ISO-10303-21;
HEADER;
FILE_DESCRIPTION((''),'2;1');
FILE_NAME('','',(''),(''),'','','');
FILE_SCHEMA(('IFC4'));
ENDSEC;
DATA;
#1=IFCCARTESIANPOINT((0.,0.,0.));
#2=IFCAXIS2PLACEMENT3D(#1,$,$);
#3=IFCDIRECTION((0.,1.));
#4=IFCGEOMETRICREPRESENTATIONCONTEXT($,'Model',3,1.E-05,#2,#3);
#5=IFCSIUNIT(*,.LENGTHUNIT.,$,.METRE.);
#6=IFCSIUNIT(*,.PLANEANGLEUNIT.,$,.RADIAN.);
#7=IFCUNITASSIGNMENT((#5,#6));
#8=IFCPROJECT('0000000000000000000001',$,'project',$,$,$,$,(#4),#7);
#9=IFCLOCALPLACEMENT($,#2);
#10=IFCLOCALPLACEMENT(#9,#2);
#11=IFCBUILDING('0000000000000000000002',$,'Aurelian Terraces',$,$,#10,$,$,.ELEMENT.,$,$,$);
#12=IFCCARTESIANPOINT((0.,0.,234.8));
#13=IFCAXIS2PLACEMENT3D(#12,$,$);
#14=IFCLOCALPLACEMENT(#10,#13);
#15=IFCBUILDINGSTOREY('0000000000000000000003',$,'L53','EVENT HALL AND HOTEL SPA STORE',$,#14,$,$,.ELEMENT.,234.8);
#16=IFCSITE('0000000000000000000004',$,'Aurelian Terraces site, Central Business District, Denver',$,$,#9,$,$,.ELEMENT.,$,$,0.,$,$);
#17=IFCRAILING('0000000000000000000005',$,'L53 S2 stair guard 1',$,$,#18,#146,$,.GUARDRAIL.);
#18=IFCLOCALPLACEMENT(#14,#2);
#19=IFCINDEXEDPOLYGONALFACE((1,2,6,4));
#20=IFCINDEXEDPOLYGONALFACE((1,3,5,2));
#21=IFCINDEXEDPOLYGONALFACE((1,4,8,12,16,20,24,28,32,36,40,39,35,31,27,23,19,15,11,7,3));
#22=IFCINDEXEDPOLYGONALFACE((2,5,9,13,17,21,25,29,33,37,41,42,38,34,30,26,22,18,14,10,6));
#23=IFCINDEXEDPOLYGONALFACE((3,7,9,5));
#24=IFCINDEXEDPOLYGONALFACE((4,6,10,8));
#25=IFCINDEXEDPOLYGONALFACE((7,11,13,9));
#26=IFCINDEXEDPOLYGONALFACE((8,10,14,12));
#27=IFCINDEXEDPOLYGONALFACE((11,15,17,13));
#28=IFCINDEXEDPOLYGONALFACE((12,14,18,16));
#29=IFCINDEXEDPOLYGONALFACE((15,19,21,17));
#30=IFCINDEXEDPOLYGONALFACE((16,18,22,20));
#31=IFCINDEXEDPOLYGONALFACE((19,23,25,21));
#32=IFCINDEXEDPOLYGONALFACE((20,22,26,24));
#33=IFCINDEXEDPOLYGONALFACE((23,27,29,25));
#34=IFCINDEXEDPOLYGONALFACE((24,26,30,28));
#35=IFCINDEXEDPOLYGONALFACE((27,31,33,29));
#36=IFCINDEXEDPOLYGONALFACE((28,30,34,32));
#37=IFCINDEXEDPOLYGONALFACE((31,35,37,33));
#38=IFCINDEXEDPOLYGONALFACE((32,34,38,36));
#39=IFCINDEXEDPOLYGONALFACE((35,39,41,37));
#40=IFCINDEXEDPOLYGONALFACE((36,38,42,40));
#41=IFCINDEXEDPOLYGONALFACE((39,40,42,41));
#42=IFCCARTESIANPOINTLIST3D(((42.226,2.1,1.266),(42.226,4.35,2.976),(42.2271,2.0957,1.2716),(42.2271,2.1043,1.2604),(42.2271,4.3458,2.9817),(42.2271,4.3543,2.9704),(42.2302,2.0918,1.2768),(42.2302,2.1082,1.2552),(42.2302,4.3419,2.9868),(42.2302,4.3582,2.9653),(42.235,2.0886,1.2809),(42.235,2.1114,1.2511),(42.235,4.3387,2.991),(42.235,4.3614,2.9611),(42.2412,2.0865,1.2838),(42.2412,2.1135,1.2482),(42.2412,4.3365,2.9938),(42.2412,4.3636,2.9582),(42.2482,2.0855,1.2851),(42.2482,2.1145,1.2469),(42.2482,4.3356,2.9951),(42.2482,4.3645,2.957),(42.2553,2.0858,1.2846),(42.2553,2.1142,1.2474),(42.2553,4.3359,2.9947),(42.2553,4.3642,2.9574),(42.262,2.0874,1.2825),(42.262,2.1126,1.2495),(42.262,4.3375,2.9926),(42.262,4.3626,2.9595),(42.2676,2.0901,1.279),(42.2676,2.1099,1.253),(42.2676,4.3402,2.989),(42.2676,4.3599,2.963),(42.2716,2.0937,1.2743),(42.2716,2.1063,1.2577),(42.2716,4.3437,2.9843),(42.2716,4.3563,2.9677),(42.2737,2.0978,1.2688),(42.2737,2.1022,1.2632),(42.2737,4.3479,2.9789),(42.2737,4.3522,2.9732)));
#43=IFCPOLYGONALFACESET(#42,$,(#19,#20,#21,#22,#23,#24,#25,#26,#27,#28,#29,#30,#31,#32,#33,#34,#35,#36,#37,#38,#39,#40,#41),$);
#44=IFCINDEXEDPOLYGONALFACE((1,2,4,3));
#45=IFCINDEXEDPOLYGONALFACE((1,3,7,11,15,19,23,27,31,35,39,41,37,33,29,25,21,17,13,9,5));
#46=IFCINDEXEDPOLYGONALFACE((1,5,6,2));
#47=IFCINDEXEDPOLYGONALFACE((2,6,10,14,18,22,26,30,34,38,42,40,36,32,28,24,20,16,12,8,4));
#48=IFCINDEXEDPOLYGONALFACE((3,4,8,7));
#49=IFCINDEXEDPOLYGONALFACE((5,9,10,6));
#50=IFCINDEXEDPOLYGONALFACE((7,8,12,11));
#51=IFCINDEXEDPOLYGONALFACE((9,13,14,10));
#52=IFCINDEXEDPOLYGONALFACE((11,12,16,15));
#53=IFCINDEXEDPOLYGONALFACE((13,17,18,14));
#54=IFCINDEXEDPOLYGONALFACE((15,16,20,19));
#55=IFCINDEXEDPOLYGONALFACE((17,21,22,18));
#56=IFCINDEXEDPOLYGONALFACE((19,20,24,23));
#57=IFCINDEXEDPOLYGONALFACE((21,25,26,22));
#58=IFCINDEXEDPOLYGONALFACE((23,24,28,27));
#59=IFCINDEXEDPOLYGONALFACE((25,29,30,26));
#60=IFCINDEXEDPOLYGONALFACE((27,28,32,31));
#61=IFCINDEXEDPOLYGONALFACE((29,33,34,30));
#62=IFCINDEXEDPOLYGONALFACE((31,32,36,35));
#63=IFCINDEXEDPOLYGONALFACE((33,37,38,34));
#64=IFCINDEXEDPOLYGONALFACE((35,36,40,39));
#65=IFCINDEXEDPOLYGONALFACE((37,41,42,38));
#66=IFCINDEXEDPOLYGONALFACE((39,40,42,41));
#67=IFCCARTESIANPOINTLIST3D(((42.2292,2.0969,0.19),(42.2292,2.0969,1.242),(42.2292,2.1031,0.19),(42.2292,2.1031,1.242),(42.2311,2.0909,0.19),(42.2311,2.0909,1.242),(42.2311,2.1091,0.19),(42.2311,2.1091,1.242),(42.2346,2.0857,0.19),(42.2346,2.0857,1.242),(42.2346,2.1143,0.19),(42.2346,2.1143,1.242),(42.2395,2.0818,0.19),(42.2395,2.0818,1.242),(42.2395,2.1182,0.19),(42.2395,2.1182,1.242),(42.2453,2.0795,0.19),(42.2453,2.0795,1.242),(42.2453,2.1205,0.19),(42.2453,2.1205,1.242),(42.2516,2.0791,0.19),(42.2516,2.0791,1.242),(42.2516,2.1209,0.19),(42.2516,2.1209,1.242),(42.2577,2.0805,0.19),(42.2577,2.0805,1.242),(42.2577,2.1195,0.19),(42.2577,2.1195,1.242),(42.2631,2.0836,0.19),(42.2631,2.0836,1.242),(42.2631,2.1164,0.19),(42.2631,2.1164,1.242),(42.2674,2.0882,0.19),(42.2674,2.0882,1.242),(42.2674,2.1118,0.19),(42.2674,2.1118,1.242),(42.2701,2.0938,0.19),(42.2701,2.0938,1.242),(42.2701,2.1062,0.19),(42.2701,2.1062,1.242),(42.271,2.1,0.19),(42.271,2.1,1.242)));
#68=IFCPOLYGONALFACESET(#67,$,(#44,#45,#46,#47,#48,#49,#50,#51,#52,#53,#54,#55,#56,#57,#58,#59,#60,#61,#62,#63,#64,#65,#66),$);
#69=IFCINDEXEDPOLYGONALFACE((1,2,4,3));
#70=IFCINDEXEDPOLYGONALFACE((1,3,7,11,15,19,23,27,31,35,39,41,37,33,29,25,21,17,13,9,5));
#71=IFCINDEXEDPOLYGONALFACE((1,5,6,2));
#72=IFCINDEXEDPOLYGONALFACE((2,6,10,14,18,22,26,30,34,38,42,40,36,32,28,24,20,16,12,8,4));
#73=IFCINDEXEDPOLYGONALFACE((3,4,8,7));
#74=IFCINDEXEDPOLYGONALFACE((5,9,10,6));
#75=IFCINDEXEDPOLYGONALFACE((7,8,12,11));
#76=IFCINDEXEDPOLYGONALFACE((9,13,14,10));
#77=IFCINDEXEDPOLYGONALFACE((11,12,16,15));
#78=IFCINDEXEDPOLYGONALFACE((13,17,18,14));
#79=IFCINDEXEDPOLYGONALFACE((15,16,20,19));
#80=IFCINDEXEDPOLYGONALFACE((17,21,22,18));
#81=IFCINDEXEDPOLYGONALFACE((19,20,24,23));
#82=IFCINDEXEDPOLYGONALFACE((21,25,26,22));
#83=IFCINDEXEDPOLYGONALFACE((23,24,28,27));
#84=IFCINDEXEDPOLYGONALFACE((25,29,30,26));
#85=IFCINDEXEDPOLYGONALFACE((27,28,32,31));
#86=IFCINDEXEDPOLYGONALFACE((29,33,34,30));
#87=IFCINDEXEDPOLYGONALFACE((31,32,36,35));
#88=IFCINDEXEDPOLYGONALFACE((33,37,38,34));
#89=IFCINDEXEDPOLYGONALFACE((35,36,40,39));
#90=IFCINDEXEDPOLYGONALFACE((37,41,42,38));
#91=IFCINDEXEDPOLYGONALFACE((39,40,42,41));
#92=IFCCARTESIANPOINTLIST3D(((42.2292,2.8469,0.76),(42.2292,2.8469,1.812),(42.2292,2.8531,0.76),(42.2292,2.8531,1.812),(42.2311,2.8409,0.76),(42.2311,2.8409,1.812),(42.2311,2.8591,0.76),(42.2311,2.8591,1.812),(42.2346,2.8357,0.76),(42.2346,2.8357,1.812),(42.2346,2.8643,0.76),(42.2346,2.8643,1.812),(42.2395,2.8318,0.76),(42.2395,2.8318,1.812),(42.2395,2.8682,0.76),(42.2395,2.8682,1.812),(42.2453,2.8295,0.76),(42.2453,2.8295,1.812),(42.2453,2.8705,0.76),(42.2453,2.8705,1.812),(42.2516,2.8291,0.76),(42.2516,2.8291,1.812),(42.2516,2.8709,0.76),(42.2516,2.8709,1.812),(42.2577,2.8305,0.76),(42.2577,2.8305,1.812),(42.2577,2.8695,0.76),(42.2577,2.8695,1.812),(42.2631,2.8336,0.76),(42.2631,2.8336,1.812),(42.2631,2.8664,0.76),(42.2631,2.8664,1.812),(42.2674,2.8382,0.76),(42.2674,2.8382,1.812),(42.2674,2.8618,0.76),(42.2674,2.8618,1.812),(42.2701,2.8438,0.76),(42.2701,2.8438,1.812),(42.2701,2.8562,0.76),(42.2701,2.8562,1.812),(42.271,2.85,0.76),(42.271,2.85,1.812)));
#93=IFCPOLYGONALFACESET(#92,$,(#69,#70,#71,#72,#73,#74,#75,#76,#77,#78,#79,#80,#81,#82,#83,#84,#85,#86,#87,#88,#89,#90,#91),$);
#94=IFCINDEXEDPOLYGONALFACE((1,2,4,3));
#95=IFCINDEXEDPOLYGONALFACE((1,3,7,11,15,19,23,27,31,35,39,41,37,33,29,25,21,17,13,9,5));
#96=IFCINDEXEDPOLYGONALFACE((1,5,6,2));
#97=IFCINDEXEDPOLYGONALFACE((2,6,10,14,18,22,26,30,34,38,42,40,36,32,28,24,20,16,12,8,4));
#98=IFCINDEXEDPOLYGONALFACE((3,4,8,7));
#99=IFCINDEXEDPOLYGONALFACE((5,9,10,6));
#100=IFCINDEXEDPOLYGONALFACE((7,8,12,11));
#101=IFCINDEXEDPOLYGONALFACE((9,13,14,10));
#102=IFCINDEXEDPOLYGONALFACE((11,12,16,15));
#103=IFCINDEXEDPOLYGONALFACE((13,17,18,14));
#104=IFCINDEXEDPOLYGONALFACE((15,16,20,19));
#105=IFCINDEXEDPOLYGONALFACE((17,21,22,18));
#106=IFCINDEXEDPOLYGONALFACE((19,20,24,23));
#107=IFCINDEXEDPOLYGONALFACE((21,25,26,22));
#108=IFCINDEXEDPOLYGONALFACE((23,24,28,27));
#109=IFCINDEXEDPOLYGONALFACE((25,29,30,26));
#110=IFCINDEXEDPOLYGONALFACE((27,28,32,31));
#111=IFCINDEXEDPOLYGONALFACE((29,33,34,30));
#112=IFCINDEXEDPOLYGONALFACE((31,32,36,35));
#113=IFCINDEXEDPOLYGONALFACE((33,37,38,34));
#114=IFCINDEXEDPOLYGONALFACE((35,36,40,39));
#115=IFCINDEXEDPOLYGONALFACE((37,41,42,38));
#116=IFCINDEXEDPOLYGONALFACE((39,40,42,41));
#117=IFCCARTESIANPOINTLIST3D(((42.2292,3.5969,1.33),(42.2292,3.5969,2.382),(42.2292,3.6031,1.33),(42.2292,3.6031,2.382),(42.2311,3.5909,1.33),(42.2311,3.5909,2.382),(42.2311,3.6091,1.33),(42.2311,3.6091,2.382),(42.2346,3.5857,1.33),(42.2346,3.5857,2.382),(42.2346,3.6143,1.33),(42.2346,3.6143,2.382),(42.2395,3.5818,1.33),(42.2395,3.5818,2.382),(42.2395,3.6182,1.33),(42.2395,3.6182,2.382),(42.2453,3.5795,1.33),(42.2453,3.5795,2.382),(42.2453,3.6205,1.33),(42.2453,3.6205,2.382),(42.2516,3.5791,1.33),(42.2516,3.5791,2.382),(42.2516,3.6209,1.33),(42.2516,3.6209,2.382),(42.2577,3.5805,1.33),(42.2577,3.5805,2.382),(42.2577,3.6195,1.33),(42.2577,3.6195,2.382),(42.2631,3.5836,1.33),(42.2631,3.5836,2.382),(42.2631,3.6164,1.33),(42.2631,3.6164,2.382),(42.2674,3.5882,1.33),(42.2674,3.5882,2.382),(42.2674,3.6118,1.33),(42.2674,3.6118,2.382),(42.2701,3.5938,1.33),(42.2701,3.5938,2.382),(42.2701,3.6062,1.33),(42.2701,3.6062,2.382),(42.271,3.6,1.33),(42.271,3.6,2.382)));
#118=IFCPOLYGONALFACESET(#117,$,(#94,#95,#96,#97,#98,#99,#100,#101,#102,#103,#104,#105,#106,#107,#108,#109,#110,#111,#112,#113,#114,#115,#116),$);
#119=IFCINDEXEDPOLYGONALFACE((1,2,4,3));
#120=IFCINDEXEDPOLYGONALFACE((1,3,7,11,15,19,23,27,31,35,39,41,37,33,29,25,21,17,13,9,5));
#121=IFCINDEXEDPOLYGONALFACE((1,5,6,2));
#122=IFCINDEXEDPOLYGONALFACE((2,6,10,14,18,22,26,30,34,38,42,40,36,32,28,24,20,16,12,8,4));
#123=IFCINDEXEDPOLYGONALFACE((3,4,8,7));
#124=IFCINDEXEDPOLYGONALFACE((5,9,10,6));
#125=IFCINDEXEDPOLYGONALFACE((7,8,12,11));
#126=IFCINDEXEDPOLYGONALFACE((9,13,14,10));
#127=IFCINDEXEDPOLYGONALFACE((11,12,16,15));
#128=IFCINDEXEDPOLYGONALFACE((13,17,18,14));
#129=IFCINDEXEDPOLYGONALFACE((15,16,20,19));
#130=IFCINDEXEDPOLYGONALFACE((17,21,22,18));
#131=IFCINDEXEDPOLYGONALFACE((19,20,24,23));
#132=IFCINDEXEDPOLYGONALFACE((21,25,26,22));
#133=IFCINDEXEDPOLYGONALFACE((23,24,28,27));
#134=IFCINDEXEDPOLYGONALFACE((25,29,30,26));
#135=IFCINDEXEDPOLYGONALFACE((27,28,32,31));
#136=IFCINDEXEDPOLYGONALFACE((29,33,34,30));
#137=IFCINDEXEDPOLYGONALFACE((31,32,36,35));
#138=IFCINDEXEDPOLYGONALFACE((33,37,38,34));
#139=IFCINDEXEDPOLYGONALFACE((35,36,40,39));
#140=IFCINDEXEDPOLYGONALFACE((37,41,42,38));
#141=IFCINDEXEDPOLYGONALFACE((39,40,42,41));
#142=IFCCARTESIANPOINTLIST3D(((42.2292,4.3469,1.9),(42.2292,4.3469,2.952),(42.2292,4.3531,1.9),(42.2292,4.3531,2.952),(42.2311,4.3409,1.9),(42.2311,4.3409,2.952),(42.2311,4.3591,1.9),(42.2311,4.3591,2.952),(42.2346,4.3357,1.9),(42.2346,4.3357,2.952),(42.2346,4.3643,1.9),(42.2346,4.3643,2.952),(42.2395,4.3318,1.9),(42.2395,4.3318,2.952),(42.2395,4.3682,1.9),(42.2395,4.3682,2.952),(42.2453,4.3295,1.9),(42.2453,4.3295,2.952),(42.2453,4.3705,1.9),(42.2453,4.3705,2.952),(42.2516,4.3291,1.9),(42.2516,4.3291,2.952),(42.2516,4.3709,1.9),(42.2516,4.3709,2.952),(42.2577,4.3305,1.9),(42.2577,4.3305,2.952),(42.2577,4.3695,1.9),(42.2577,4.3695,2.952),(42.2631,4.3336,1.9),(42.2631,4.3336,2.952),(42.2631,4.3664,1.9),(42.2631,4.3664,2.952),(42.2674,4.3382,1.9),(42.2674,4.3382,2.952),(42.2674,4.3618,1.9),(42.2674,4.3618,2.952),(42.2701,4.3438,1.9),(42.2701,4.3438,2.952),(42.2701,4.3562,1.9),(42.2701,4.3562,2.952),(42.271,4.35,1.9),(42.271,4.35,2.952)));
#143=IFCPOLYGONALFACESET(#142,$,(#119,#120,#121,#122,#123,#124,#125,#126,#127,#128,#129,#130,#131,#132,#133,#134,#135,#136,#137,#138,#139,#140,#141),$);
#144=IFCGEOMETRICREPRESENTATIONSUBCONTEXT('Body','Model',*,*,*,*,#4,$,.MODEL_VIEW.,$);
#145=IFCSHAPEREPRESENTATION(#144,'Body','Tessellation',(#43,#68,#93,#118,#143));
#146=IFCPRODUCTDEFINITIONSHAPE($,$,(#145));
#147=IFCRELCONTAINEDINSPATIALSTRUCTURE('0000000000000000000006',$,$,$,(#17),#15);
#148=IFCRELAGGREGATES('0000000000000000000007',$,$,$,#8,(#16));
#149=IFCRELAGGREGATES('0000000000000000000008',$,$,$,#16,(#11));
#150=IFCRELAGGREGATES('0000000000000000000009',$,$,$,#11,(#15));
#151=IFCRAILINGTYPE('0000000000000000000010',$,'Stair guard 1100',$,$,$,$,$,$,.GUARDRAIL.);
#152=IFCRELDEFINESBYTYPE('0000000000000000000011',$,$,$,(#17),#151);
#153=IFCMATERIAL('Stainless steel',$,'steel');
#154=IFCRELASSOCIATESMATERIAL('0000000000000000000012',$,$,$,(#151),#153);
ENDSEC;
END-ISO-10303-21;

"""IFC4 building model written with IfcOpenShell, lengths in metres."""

from ifc_helpers import new_model, si_unit, direction, frame, origin, origin_2d, place, context, subcontext, project, spatial, circle, extrude, source, transform, mapped, material, type_object, element, save


model = new_model("IFC4")

# Units and contexts
model_context = context("Model", 3, precision=1e-05, world=origin(), true_north=direction((0.0, 1.0)))
body_context = subcontext(model_context, "Body", "Model", "MODEL_VIEW")
ifc_project = project(units=[si_unit("LENGTHUNIT", "METRE"), si_unit("PLANEANGLEUNIT", "RADIAN")], contexts=[model_context])

# Site, building, storey
site_placement = place(None, origin())
site = spatial("IfcSite", under=ifc_project, at=site_placement, Name="Aurelian Terraces site, Central Business District, Denver", CompositionType="ELEMENT", RefElevation=0.0)
building_placement = place(site_placement, origin())
building = spatial("IfcBuilding", under=site, at=building_placement, Name="Aurelian Terraces", CompositionType="ELEMENT")
storey_placement = place(building_placement, frame((0.0, 0.0, 234.8)))
storey = spatial("IfcBuildingStorey", under=building, at=storey_placement, Name="L53", Description="EVENT HALL AND HOTEL SPA STORE", CompositionType="ELEMENT", Elevation=234.8)

# Railing
ifc_material_1 = material(Name="Stainless steel", Category="steel")
railing_type_1 = type_object("IfcRailingType", Name="Stair guard 1100", PredefinedType="GUARDRAIL", material=ifc_material_1)
shared_shape_1 = source(origin(), body_context, "Body", "SweptSolid", [
    extrude(circle(Radius=0.024, at=origin_2d()), frame((0.0, 0.0, 1.076), z_axis=(0.0, 0.796162, 0.605083), x_axis=(-1.0, 0.0, 0.0)), (0.0, 0.0, 1.0), 2.8261),
    extrude(circle(Radius=0.021, at=origin_2d()), origin(), (0.0, 0.0, 1.0), 1.052),
    extrude(circle(Radius=0.021, at=origin_2d()), frame((0.0, 0.75, 0.57)), (0.0, 0.0, 1.0), 1.052),
    extrude(circle(Radius=0.021, at=origin_2d()), frame((0.0, 1.5, 1.14)), (0.0, 0.0, 1.0), 1.052),
    extrude(circle(Radius=0.021, at=origin_2d()), frame((0.0, 2.25, 1.71)), (0.0, 0.0, 1.0), 1.052),
])
railing_1_placement = place(storey_placement, frame((42.25, 2.1, 0.19)))
element("IfcRailing", 1, at=railing_1_placement, inside=storey, type_object=railing_type_1, Name="L53 S2 stair guard 1", PredefinedType="GUARDRAIL", context=body_context, shape_type="MappedRepresentation", body=[
    mapped(shared_shape_1, transform((0.0, 0.0, 0.0), scale=1.0)),
])

save(model, "model.ifc")
